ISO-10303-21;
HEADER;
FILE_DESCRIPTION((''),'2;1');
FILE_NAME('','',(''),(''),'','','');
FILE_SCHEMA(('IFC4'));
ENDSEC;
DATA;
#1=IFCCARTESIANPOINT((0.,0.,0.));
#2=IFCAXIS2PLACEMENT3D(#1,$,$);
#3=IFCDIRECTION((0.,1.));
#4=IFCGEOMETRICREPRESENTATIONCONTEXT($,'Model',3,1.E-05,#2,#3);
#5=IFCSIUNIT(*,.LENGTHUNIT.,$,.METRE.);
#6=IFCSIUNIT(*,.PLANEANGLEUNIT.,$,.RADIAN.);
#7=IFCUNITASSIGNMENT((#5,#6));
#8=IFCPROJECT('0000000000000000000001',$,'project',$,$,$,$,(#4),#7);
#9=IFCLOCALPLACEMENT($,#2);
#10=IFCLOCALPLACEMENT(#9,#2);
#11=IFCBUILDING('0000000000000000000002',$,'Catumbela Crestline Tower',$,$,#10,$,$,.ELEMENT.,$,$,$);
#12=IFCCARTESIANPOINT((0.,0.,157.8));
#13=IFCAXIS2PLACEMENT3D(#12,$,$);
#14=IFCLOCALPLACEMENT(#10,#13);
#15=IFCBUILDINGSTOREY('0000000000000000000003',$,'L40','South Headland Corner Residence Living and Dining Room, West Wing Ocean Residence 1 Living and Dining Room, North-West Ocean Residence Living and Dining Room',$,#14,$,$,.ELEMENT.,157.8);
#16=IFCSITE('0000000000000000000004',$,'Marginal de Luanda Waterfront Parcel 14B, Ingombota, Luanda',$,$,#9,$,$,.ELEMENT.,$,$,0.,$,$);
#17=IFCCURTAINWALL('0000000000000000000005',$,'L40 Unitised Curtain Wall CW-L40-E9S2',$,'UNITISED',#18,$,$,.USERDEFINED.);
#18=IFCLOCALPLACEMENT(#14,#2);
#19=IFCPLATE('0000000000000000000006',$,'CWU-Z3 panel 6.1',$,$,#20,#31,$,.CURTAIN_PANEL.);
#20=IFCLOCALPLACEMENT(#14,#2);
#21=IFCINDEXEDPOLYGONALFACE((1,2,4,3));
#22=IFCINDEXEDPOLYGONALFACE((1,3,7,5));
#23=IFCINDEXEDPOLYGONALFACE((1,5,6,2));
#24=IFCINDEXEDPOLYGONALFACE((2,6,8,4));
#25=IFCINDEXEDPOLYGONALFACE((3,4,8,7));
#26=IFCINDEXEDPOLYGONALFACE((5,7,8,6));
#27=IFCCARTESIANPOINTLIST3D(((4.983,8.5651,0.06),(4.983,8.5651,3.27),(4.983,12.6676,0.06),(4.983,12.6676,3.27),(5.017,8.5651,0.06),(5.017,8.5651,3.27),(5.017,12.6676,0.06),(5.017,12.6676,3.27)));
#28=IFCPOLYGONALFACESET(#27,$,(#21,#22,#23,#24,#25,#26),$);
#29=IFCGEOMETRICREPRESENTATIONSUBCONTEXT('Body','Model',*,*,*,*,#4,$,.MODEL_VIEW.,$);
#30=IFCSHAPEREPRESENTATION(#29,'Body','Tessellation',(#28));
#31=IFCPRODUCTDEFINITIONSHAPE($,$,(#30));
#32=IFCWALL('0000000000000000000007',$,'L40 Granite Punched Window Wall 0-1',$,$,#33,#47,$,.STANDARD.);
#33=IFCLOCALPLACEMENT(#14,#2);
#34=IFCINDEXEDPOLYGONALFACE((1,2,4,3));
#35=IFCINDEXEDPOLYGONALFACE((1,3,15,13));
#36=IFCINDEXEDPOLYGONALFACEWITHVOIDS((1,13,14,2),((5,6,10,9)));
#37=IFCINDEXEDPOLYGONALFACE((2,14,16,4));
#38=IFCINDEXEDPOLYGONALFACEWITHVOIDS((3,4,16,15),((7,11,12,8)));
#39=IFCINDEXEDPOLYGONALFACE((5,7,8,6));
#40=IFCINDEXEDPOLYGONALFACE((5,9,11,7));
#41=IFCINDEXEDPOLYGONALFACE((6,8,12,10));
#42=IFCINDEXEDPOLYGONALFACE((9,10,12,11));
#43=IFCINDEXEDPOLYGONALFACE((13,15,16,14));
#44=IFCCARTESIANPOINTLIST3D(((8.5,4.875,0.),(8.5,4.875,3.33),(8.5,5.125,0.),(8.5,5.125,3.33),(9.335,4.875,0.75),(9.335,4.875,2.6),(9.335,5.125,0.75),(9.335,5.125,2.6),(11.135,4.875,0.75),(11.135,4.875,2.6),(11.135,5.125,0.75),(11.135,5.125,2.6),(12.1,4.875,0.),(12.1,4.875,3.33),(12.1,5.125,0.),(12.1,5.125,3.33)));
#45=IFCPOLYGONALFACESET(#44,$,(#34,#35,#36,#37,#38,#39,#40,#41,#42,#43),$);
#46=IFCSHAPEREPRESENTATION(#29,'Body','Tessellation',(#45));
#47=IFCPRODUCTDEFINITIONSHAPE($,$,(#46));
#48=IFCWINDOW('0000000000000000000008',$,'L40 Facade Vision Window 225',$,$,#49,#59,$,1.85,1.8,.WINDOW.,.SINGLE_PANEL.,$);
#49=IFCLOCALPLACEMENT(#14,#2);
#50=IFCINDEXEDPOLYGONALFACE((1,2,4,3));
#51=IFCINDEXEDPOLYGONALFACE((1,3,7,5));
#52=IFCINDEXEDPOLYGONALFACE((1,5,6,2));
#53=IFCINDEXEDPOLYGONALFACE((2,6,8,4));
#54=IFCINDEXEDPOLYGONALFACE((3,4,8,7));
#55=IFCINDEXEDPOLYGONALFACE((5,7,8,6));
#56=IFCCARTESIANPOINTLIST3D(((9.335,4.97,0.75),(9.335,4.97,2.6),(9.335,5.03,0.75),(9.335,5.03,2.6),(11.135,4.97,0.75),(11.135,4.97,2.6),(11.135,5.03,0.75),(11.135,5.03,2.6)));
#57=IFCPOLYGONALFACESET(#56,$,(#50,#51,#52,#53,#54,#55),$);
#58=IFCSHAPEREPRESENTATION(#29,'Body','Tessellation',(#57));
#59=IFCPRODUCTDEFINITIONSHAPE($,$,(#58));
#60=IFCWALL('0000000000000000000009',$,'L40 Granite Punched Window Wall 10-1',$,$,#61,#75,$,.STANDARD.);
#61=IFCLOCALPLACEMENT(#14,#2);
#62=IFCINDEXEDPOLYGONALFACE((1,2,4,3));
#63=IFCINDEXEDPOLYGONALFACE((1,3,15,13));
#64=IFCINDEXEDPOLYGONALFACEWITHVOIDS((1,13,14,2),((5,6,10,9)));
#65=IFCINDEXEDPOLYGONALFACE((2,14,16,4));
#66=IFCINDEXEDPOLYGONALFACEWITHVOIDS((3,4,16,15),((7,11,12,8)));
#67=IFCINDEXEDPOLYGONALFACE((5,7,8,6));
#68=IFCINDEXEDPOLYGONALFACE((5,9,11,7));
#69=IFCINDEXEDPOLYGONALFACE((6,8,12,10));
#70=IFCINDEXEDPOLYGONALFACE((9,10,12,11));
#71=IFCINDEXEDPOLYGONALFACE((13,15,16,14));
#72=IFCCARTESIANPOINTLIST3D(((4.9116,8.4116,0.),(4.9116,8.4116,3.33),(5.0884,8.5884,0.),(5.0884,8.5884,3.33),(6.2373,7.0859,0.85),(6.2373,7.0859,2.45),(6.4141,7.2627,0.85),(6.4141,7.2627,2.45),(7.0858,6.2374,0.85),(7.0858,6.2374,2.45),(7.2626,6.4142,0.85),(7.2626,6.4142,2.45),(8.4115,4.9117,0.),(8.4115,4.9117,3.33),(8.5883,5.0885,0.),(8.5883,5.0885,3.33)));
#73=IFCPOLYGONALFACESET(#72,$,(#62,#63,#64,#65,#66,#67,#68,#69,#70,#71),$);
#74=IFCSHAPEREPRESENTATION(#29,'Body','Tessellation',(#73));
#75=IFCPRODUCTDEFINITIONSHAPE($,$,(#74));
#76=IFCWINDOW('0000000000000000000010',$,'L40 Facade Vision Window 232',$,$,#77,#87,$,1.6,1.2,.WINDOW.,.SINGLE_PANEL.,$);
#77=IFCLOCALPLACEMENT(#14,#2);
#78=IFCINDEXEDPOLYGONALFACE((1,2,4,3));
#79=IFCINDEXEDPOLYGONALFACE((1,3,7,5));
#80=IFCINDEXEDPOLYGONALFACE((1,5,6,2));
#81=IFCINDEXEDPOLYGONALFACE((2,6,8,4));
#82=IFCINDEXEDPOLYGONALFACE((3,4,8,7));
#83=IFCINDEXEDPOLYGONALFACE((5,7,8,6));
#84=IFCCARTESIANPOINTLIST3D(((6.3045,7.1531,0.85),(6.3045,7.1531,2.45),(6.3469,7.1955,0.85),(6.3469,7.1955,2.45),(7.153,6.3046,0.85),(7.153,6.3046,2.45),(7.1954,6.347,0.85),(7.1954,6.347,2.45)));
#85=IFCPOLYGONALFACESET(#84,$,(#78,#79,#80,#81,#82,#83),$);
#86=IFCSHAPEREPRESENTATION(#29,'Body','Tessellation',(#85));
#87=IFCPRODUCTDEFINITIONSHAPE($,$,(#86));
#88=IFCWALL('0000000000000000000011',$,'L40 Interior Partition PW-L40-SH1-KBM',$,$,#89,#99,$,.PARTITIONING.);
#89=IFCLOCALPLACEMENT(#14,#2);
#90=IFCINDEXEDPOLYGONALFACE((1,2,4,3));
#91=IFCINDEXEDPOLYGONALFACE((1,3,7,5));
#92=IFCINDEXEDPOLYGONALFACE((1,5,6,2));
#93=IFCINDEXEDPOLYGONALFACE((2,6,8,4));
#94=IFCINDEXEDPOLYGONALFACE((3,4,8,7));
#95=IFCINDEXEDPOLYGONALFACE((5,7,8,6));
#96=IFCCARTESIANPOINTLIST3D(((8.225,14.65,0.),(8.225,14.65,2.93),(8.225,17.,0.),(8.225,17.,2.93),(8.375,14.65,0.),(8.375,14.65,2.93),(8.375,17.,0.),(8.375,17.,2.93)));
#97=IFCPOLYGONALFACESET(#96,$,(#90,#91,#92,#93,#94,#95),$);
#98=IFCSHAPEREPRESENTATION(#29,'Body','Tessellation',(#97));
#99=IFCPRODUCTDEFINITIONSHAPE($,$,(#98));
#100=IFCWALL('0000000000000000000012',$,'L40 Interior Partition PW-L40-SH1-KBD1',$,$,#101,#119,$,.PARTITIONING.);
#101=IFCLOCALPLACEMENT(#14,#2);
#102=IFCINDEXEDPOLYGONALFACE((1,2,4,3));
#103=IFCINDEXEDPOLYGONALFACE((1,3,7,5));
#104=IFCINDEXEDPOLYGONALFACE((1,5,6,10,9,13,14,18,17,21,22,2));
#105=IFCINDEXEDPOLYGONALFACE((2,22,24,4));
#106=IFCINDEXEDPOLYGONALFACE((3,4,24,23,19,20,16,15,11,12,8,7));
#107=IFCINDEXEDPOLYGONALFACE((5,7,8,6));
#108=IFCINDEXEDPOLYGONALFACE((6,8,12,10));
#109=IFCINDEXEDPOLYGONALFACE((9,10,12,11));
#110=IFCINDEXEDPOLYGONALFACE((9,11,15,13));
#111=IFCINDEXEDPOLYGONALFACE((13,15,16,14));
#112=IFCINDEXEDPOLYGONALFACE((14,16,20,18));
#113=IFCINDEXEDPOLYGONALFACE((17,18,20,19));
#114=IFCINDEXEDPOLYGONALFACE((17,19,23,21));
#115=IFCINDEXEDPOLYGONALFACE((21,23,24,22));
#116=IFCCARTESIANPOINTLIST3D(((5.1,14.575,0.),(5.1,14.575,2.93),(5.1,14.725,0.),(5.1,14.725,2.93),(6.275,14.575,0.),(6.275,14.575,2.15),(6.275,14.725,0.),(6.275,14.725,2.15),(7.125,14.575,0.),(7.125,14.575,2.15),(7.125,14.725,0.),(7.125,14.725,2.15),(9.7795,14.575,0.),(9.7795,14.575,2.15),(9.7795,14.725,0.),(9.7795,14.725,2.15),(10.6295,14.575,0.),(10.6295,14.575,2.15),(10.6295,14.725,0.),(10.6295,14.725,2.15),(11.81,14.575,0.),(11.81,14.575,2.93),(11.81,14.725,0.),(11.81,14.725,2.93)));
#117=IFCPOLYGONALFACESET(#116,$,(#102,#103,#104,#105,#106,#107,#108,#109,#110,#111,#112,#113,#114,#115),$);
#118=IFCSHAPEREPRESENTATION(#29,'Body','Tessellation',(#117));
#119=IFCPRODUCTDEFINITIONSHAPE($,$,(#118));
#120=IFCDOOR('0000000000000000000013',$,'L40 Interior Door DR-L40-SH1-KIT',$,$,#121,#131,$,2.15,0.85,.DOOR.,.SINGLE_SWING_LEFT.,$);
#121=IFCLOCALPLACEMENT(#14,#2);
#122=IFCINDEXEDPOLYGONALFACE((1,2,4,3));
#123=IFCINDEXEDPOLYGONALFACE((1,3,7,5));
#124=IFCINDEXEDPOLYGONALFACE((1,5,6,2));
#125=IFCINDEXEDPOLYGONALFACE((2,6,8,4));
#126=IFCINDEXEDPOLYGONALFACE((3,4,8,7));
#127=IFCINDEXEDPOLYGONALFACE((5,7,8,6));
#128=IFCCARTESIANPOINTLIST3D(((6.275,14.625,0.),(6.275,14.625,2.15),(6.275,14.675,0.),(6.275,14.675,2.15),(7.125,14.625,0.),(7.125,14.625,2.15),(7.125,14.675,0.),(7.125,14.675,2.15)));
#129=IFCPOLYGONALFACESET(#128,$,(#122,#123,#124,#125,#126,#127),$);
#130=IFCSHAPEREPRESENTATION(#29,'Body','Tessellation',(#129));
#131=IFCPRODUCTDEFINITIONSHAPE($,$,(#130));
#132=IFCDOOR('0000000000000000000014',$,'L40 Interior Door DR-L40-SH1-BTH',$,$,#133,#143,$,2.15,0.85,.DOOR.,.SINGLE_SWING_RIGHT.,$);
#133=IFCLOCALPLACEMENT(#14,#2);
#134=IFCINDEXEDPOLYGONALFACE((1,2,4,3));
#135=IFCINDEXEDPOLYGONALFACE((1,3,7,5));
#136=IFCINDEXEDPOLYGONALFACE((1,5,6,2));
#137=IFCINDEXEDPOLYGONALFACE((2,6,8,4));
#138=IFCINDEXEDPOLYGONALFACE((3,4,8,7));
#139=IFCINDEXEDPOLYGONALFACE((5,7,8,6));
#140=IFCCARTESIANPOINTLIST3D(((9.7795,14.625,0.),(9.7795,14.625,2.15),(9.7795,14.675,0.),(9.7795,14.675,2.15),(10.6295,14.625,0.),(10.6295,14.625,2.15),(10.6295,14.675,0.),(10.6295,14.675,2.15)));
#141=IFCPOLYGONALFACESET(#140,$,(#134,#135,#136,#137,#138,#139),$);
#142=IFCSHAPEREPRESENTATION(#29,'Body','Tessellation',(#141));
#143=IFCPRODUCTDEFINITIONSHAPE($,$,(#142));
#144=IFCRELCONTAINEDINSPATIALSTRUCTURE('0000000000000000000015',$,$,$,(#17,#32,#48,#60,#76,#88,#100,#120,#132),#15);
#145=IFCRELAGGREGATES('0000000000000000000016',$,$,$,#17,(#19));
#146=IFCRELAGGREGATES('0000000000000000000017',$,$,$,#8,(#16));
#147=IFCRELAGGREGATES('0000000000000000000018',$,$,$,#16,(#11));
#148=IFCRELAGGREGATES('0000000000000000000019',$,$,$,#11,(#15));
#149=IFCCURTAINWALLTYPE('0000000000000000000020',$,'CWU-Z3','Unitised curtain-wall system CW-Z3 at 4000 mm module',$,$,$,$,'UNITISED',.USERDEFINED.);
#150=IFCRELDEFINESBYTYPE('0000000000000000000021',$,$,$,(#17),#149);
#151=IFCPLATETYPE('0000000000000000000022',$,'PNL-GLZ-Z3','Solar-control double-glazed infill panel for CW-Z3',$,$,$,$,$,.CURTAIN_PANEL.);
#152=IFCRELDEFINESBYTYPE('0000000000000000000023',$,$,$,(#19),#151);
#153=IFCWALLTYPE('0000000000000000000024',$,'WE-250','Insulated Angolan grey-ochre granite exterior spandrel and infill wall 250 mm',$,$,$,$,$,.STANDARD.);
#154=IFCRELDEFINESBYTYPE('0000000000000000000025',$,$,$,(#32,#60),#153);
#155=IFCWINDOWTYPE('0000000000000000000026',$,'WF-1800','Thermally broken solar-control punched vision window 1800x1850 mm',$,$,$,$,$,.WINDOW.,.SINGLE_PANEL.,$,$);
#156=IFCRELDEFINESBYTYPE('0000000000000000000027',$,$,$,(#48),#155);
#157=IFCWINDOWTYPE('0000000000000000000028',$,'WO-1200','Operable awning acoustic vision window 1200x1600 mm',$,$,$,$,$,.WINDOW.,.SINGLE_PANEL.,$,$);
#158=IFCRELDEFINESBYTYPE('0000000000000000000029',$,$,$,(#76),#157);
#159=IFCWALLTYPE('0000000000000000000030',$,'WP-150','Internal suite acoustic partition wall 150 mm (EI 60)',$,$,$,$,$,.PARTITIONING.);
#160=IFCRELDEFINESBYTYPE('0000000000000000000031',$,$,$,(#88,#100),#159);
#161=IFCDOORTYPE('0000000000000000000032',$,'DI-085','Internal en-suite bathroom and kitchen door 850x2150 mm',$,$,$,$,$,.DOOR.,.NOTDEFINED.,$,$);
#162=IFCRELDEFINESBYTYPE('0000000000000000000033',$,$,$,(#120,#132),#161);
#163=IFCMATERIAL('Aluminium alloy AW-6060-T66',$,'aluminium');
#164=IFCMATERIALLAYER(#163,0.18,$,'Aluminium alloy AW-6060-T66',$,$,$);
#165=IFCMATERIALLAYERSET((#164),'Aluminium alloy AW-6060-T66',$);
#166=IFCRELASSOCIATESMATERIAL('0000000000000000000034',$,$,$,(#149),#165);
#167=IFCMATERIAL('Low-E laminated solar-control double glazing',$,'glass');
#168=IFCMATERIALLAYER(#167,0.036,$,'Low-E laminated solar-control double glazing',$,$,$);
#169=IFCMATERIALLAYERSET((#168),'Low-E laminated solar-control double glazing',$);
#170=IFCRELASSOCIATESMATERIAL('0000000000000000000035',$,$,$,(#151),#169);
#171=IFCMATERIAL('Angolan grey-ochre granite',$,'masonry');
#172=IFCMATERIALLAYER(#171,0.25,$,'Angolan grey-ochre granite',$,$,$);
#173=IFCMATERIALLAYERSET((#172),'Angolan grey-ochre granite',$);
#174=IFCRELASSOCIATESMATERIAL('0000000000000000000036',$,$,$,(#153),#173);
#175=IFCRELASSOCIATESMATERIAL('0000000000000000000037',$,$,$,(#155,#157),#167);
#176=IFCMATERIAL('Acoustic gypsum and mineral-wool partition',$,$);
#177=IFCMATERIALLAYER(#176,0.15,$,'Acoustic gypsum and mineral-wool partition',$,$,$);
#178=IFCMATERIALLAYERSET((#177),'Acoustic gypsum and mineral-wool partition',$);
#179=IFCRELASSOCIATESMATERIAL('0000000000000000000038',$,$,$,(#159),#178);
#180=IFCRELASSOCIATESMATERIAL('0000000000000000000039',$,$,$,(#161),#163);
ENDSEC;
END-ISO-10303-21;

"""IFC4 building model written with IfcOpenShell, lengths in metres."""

from ifc_helpers import new_model, si_unit, direction, frame, frame_2d, origin, origin_2d, place, context, subcontext, project, spatial, rectangle, extrude, material, layer, layer_set, type_object, element, fill, aggregate, save


model = new_model("IFC4")

# Units and contexts
model_context = context("Model", 3, precision=1e-05, world=origin(), true_north=direction((0.0, 1.0)))
body_context = subcontext(model_context, "Body", "Model", "MODEL_VIEW")
ifc_project = project(units=[si_unit("LENGTHUNIT", "METRE"), si_unit("PLANEANGLEUNIT", "RADIAN")], contexts=[model_context])

# Site, building, storey
site_placement = place(None, origin())
site = spatial("IfcSite", under=ifc_project, at=site_placement, Name="Marginal de Luanda Waterfront Parcel 14B, Ingombota, Luanda", CompositionType="ELEMENT", RefElevation=0.0)
building_placement = place(site_placement, origin())
building = spatial("IfcBuilding", under=site, at=building_placement, Name="Catumbela Crestline Tower", CompositionType="ELEMENT")
storey_placement = place(building_placement, frame((0.0, 0.0, 157.8)))
storey = spatial("IfcBuildingStorey", under=building, at=storey_placement, Name="L40", Description="South Headland Corner Residence Living and Dining Room, West Wing Ocean Residence 1 Living and Dining Room, North-West Ocean Residence Living and Dining Room", CompositionType="ELEMENT", Elevation=157.8)

# Curtain wall, plate
ifc_material_1 = material(Name="Aluminium alloy AW-6060-T66", Category="aluminium")
ifc_layer_1 = layer(ifc_material_1, 0.18, Name="Aluminium alloy AW-6060-T66")
ifc_layer_set_1 = layer_set([ifc_layer_1], Name="Aluminium alloy AW-6060-T66")
curtain_wall_type = type_object("IfcCurtainWallType", Name="CWU-Z3", Description="Unitised curtain-wall system CW-Z3 at 4000 mm module", ElementType="UNITISED", PredefinedType="USERDEFINED", material=ifc_layer_set_1)
curtain_wall_placement = place(storey_placement, origin())
curtain_wall = element("IfcCurtainWall", 1, at=curtain_wall_placement, inside=storey, type_object=curtain_wall_type, Name="L40 Unitised Curtain Wall CW-L40-E9S2", ObjectType="UNITISED", PredefinedType="USERDEFINED")
ifc_material_2 = material(Name="Low-E laminated solar-control double glazing", Category="glass")
ifc_layer_2 = layer(ifc_material_2, 0.036, Name="Low-E laminated solar-control double glazing")
ifc_layer_set_2 = layer_set([ifc_layer_2], Name="Low-E laminated solar-control double glazing")
plate_type = type_object("IfcPlateType", Name="PNL-GLZ-Z3", Description="Solar-control double-glazed infill panel for CW-Z3", PredefinedType="CURTAIN_PANEL", material=ifc_layer_set_2)
plate_1_placement = place(storey_placement, frame((5.0, 10.6163, 0.06), z_axis=(0.0, 0.0, 1.0), x_axis=(0.0, -1.0, 0.0)))
plate_1 = element("IfcPlate", 2, at=plate_1_placement, type_object=plate_type, Name="CWU-Z3 panel 6.1", PredefinedType="CURTAIN_PANEL", context=body_context, shape_type="SweptSolid", body=[
    extrude(rectangle(XDim=4.1025, YDim=0.034, at=origin_2d()), origin(), (0.0, 0.0, 1.0), 3.21),
])
aggregate(curtain_wall, [plate_1])

# Walls, openings, windows
ifc_material_3 = material(Name="Angolan grey-ochre granite", Category="masonry")
ifc_layer_3 = layer(ifc_material_3, 0.25, Name="Angolan grey-ochre granite")
ifc_layer_set_3 = layer_set([ifc_layer_3], Name="Angolan grey-ochre granite")
wall_type_1 = type_object("IfcWallType", Name="WE-250", Description="Insulated Angolan grey-ochre granite exterior spandrel and infill wall 250 mm", PredefinedType="STANDARD", material=ifc_layer_set_3)
wall_1_placement = place(storey_placement, frame((8.5, 5.0, 0.0), z_axis=(0.0, 0.0, 1.0), x_axis=(1.0, 0.0, 0.0)))
wall_1 = element("IfcWall", 3, at=wall_1_placement, inside=storey, type_object=wall_type_1, Name="L40 Granite Punched Window Wall 0-1", PredefinedType="STANDARD", context=body_context, shape_type="SweptSolid", body=[
    extrude(rectangle(XDim=3.6, YDim=0.25, at=frame_2d((1.8, 0.0))), origin(), (0.0, 0.0, 1.0), 3.33),
])
opening_1_placement = place(wall_1_placement, frame((0.835, 0.0, 0.75)))
opening_1 = element("IfcOpeningElement", 4, at=opening_1_placement, cuts=wall_1, PredefinedType="OPENING", context=body_context, shape_type="SweptSolid", body=[
    extrude(rectangle(XDim=1.8, YDim=1.85, at=frame_2d((0.9, 0.925))), frame((0.0, 0.135, 0.0), z_axis=(0.0, -1.0, 0.0), x_axis=(1.0, 0.0, 0.0)), (0.0, 0.0, 1.0), 0.27),
])
window_type_1 = type_object("IfcWindowType", Name="WF-1800", Description="Thermally broken solar-control punched vision window 1800x1850 mm", PartitioningType="SINGLE_PANEL", PredefinedType="WINDOW", material=ifc_material_2)
window_1_placement = place(opening_1_placement, origin())
window_1 = element("IfcWindow", 5, at=window_1_placement, inside=storey, type_object=window_type_1, Name="L40 Facade Vision Window 225", OverallHeight=1.85, OverallWidth=1.8, PartitioningType="SINGLE_PANEL", PredefinedType="WINDOW", context=body_context, shape_type="SweptSolid", body=[
    extrude(rectangle(XDim=1.8, YDim=1.85, at=frame_2d((0.9, 0.925))), frame((0.0, 0.03, 0.0), z_axis=(0.0, -1.0, 0.0), x_axis=(1.0, 0.0, 0.0)), (0.0, 0.0, 1.0), 0.06),
])
fill(opening_1, window_1)
wall_2_placement = place(storey_placement, frame((5.0, 8.5, 0.0), z_axis=(0.0, 0.0, 1.0), x_axis=(0.707107, -0.707107, 0.0)))
wall_2 = element("IfcWall", 6, at=wall_2_placement, inside=storey, type_object=wall_type_1, Name="L40 Granite Punched Window Wall 10-1", PredefinedType="STANDARD", context=body_context, shape_type="SweptSolid", body=[
    extrude(rectangle(XDim=4.9497, YDim=0.25, at=frame_2d((2.4748, 0.0))), origin(), (0.0, 0.0, 1.0), 3.33),
])
opening_2_placement = place(wall_2_placement, frame((1.8748, 0.0, 0.85)))
opening_2 = element("IfcOpeningElement", 7, at=opening_2_placement, cuts=wall_2, PredefinedType="OPENING", context=body_context, shape_type="SweptSolid", body=[
    extrude(rectangle(XDim=1.2, YDim=1.6, at=frame_2d((0.6, 0.8))), frame((0.0, 0.135, 0.0), z_axis=(0.0, -1.0, 0.0), x_axis=(1.0, 0.0, 0.0)), (0.0, 0.0, 1.0), 0.27),
])
window_type_2 = type_object("IfcWindowType", Name="WO-1200", Description="Operable awning acoustic vision window 1200x1600 mm", PartitioningType="SINGLE_PANEL", PredefinedType="WINDOW", material=ifc_material_2)
window_2_placement = place(opening_2_placement, origin())
window_2 = element("IfcWindow", 8, at=window_2_placement, inside=storey, type_object=window_type_2, Name="L40 Facade Vision Window 232", OverallHeight=1.6, OverallWidth=1.2, PartitioningType="SINGLE_PANEL", PredefinedType="WINDOW", context=body_context, shape_type="SweptSolid", body=[
    extrude(rectangle(XDim=1.2, YDim=1.6, at=frame_2d((0.6, 0.8))), frame((0.0, 0.03, 0.0), z_axis=(0.0, -1.0, 0.0), x_axis=(1.0, 0.0, 0.0)), (0.0, 0.0, 1.0), 0.06),
])
fill(opening_2, window_2)

# Wall
ifc_material_4 = material(Name="Acoustic gypsum and mineral-wool partition")
ifc_layer_4 = layer(ifc_material_4, 0.15, Name="Acoustic gypsum and mineral-wool partition")
ifc_layer_set_4 = layer_set([ifc_layer_4], Name="Acoustic gypsum and mineral-wool partition")
wall_type_2 = type_object("IfcWallType", Name="WP-150", Description="Internal suite acoustic partition wall 150 mm (EI 60)", PredefinedType="PARTITIONING", material=ifc_layer_set_4)
wall_3_placement = place(storey_placement, frame((8.3, 14.65, 0.0), z_axis=(0.0, 0.0, 1.0), x_axis=(0.0, 1.0, 0.0)))
element("IfcWall", 9, at=wall_3_placement, inside=storey, type_object=wall_type_2, Name="L40 Interior Partition PW-L40-SH1-KBM", PredefinedType="PARTITIONING", context=body_context, shape_type="SweptSolid", body=[
    extrude(rectangle(XDim=2.35, YDim=0.15, at=frame_2d((1.175, 0.0))), origin(), (0.0, 0.0, 1.0), 2.93),
])

# Wall, openings, doors
wall_4_placement = place(storey_placement, frame((5.1, 14.65, 0.0), z_axis=(0.0, 0.0, 1.0), x_axis=(1.0, 0.0, 0.0)))
wall_4 = element("IfcWall", 10, at=wall_4_placement, inside=storey, type_object=wall_type_2, Name="L40 Interior Partition PW-L40-SH1-KBD1", PredefinedType="PARTITIONING", context=body_context, shape_type="SweptSolid", body=[
    extrude(rectangle(XDim=6.71, YDim=0.15, at=frame_2d((3.355, 0.0))), origin(), (0.0, 0.0, 1.0), 2.93),
])
opening_3_placement = place(wall_4_placement, frame((1.175, 0.0, 0.0)))
opening_3 = element("IfcOpeningElement", 11, at=opening_3_placement, cuts=wall_4, PredefinedType="OPENING", context=body_context, shape_type="SweptSolid", body=[
    extrude(rectangle(XDim=0.85, YDim=2.15, at=frame_2d((0.425, 1.075))), frame((0.0, 0.085, 0.0), z_axis=(0.0, -1.0, 0.0), x_axis=(1.0, 0.0, 0.0)), (0.0, 0.0, 1.0), 0.17),
])
opening_4_placement = place(wall_4_placement, frame((4.6795, 0.0, 0.0)))
opening_4 = element("IfcOpeningElement", 12, at=opening_4_placement, cuts=wall_4, PredefinedType="OPENING", context=body_context, shape_type="SweptSolid", body=[
    extrude(rectangle(XDim=0.85, YDim=2.15, at=frame_2d((0.425, 1.075))), frame((0.0, 0.085, 0.0), z_axis=(0.0, -1.0, 0.0), x_axis=(1.0, 0.0, 0.0)), (0.0, 0.0, 1.0), 0.17),
])
door_type_1 = type_object("IfcDoorType", Name="DI-085", Description="Internal en-suite bathroom and kitchen door 850x2150 mm", OperationType="NOTDEFINED", PredefinedType="DOOR", material=ifc_material_1)
door_1_placement = place(opening_3_placement, origin())
door_1 = element("IfcDoor", 13, at=door_1_placement, inside=storey, type_object=door_type_1, Name="L40 Interior Door DR-L40-SH1-KIT", OperationType="SINGLE_SWING_LEFT", OverallHeight=2.15, OverallWidth=0.85, PredefinedType="DOOR", context=body_context, shape_type="SweptSolid", body=[
    extrude(rectangle(XDim=0.85, YDim=2.15, at=frame_2d((0.425, 1.075))), frame((0.0, 0.025, 0.0), z_axis=(0.0, -1.0, 0.0), x_axis=(1.0, 0.0, 0.0)), (0.0, 0.0, 1.0), 0.05),
])
fill(opening_3, door_1)
door_2_placement = place(opening_4_placement, origin())
door_2 = element("IfcDoor", 14, at=door_2_placement, inside=storey, type_object=door_type_1, Name="L40 Interior Door DR-L40-SH1-BTH", OperationType="SINGLE_SWING_RIGHT", OverallHeight=2.15, OverallWidth=0.85, PredefinedType="DOOR", context=body_context, shape_type="SweptSolid", body=[
    extrude(rectangle(XDim=0.85, YDim=2.15, at=frame_2d((0.425, 1.075))), frame((0.0, 0.025, 0.0), z_axis=(0.0, -1.0, 0.0), x_axis=(1.0, 0.0, 0.0)), (0.0, 0.0, 1.0), 0.05),
])
fill(opening_4, door_2)

save(model, "model.ifc")
